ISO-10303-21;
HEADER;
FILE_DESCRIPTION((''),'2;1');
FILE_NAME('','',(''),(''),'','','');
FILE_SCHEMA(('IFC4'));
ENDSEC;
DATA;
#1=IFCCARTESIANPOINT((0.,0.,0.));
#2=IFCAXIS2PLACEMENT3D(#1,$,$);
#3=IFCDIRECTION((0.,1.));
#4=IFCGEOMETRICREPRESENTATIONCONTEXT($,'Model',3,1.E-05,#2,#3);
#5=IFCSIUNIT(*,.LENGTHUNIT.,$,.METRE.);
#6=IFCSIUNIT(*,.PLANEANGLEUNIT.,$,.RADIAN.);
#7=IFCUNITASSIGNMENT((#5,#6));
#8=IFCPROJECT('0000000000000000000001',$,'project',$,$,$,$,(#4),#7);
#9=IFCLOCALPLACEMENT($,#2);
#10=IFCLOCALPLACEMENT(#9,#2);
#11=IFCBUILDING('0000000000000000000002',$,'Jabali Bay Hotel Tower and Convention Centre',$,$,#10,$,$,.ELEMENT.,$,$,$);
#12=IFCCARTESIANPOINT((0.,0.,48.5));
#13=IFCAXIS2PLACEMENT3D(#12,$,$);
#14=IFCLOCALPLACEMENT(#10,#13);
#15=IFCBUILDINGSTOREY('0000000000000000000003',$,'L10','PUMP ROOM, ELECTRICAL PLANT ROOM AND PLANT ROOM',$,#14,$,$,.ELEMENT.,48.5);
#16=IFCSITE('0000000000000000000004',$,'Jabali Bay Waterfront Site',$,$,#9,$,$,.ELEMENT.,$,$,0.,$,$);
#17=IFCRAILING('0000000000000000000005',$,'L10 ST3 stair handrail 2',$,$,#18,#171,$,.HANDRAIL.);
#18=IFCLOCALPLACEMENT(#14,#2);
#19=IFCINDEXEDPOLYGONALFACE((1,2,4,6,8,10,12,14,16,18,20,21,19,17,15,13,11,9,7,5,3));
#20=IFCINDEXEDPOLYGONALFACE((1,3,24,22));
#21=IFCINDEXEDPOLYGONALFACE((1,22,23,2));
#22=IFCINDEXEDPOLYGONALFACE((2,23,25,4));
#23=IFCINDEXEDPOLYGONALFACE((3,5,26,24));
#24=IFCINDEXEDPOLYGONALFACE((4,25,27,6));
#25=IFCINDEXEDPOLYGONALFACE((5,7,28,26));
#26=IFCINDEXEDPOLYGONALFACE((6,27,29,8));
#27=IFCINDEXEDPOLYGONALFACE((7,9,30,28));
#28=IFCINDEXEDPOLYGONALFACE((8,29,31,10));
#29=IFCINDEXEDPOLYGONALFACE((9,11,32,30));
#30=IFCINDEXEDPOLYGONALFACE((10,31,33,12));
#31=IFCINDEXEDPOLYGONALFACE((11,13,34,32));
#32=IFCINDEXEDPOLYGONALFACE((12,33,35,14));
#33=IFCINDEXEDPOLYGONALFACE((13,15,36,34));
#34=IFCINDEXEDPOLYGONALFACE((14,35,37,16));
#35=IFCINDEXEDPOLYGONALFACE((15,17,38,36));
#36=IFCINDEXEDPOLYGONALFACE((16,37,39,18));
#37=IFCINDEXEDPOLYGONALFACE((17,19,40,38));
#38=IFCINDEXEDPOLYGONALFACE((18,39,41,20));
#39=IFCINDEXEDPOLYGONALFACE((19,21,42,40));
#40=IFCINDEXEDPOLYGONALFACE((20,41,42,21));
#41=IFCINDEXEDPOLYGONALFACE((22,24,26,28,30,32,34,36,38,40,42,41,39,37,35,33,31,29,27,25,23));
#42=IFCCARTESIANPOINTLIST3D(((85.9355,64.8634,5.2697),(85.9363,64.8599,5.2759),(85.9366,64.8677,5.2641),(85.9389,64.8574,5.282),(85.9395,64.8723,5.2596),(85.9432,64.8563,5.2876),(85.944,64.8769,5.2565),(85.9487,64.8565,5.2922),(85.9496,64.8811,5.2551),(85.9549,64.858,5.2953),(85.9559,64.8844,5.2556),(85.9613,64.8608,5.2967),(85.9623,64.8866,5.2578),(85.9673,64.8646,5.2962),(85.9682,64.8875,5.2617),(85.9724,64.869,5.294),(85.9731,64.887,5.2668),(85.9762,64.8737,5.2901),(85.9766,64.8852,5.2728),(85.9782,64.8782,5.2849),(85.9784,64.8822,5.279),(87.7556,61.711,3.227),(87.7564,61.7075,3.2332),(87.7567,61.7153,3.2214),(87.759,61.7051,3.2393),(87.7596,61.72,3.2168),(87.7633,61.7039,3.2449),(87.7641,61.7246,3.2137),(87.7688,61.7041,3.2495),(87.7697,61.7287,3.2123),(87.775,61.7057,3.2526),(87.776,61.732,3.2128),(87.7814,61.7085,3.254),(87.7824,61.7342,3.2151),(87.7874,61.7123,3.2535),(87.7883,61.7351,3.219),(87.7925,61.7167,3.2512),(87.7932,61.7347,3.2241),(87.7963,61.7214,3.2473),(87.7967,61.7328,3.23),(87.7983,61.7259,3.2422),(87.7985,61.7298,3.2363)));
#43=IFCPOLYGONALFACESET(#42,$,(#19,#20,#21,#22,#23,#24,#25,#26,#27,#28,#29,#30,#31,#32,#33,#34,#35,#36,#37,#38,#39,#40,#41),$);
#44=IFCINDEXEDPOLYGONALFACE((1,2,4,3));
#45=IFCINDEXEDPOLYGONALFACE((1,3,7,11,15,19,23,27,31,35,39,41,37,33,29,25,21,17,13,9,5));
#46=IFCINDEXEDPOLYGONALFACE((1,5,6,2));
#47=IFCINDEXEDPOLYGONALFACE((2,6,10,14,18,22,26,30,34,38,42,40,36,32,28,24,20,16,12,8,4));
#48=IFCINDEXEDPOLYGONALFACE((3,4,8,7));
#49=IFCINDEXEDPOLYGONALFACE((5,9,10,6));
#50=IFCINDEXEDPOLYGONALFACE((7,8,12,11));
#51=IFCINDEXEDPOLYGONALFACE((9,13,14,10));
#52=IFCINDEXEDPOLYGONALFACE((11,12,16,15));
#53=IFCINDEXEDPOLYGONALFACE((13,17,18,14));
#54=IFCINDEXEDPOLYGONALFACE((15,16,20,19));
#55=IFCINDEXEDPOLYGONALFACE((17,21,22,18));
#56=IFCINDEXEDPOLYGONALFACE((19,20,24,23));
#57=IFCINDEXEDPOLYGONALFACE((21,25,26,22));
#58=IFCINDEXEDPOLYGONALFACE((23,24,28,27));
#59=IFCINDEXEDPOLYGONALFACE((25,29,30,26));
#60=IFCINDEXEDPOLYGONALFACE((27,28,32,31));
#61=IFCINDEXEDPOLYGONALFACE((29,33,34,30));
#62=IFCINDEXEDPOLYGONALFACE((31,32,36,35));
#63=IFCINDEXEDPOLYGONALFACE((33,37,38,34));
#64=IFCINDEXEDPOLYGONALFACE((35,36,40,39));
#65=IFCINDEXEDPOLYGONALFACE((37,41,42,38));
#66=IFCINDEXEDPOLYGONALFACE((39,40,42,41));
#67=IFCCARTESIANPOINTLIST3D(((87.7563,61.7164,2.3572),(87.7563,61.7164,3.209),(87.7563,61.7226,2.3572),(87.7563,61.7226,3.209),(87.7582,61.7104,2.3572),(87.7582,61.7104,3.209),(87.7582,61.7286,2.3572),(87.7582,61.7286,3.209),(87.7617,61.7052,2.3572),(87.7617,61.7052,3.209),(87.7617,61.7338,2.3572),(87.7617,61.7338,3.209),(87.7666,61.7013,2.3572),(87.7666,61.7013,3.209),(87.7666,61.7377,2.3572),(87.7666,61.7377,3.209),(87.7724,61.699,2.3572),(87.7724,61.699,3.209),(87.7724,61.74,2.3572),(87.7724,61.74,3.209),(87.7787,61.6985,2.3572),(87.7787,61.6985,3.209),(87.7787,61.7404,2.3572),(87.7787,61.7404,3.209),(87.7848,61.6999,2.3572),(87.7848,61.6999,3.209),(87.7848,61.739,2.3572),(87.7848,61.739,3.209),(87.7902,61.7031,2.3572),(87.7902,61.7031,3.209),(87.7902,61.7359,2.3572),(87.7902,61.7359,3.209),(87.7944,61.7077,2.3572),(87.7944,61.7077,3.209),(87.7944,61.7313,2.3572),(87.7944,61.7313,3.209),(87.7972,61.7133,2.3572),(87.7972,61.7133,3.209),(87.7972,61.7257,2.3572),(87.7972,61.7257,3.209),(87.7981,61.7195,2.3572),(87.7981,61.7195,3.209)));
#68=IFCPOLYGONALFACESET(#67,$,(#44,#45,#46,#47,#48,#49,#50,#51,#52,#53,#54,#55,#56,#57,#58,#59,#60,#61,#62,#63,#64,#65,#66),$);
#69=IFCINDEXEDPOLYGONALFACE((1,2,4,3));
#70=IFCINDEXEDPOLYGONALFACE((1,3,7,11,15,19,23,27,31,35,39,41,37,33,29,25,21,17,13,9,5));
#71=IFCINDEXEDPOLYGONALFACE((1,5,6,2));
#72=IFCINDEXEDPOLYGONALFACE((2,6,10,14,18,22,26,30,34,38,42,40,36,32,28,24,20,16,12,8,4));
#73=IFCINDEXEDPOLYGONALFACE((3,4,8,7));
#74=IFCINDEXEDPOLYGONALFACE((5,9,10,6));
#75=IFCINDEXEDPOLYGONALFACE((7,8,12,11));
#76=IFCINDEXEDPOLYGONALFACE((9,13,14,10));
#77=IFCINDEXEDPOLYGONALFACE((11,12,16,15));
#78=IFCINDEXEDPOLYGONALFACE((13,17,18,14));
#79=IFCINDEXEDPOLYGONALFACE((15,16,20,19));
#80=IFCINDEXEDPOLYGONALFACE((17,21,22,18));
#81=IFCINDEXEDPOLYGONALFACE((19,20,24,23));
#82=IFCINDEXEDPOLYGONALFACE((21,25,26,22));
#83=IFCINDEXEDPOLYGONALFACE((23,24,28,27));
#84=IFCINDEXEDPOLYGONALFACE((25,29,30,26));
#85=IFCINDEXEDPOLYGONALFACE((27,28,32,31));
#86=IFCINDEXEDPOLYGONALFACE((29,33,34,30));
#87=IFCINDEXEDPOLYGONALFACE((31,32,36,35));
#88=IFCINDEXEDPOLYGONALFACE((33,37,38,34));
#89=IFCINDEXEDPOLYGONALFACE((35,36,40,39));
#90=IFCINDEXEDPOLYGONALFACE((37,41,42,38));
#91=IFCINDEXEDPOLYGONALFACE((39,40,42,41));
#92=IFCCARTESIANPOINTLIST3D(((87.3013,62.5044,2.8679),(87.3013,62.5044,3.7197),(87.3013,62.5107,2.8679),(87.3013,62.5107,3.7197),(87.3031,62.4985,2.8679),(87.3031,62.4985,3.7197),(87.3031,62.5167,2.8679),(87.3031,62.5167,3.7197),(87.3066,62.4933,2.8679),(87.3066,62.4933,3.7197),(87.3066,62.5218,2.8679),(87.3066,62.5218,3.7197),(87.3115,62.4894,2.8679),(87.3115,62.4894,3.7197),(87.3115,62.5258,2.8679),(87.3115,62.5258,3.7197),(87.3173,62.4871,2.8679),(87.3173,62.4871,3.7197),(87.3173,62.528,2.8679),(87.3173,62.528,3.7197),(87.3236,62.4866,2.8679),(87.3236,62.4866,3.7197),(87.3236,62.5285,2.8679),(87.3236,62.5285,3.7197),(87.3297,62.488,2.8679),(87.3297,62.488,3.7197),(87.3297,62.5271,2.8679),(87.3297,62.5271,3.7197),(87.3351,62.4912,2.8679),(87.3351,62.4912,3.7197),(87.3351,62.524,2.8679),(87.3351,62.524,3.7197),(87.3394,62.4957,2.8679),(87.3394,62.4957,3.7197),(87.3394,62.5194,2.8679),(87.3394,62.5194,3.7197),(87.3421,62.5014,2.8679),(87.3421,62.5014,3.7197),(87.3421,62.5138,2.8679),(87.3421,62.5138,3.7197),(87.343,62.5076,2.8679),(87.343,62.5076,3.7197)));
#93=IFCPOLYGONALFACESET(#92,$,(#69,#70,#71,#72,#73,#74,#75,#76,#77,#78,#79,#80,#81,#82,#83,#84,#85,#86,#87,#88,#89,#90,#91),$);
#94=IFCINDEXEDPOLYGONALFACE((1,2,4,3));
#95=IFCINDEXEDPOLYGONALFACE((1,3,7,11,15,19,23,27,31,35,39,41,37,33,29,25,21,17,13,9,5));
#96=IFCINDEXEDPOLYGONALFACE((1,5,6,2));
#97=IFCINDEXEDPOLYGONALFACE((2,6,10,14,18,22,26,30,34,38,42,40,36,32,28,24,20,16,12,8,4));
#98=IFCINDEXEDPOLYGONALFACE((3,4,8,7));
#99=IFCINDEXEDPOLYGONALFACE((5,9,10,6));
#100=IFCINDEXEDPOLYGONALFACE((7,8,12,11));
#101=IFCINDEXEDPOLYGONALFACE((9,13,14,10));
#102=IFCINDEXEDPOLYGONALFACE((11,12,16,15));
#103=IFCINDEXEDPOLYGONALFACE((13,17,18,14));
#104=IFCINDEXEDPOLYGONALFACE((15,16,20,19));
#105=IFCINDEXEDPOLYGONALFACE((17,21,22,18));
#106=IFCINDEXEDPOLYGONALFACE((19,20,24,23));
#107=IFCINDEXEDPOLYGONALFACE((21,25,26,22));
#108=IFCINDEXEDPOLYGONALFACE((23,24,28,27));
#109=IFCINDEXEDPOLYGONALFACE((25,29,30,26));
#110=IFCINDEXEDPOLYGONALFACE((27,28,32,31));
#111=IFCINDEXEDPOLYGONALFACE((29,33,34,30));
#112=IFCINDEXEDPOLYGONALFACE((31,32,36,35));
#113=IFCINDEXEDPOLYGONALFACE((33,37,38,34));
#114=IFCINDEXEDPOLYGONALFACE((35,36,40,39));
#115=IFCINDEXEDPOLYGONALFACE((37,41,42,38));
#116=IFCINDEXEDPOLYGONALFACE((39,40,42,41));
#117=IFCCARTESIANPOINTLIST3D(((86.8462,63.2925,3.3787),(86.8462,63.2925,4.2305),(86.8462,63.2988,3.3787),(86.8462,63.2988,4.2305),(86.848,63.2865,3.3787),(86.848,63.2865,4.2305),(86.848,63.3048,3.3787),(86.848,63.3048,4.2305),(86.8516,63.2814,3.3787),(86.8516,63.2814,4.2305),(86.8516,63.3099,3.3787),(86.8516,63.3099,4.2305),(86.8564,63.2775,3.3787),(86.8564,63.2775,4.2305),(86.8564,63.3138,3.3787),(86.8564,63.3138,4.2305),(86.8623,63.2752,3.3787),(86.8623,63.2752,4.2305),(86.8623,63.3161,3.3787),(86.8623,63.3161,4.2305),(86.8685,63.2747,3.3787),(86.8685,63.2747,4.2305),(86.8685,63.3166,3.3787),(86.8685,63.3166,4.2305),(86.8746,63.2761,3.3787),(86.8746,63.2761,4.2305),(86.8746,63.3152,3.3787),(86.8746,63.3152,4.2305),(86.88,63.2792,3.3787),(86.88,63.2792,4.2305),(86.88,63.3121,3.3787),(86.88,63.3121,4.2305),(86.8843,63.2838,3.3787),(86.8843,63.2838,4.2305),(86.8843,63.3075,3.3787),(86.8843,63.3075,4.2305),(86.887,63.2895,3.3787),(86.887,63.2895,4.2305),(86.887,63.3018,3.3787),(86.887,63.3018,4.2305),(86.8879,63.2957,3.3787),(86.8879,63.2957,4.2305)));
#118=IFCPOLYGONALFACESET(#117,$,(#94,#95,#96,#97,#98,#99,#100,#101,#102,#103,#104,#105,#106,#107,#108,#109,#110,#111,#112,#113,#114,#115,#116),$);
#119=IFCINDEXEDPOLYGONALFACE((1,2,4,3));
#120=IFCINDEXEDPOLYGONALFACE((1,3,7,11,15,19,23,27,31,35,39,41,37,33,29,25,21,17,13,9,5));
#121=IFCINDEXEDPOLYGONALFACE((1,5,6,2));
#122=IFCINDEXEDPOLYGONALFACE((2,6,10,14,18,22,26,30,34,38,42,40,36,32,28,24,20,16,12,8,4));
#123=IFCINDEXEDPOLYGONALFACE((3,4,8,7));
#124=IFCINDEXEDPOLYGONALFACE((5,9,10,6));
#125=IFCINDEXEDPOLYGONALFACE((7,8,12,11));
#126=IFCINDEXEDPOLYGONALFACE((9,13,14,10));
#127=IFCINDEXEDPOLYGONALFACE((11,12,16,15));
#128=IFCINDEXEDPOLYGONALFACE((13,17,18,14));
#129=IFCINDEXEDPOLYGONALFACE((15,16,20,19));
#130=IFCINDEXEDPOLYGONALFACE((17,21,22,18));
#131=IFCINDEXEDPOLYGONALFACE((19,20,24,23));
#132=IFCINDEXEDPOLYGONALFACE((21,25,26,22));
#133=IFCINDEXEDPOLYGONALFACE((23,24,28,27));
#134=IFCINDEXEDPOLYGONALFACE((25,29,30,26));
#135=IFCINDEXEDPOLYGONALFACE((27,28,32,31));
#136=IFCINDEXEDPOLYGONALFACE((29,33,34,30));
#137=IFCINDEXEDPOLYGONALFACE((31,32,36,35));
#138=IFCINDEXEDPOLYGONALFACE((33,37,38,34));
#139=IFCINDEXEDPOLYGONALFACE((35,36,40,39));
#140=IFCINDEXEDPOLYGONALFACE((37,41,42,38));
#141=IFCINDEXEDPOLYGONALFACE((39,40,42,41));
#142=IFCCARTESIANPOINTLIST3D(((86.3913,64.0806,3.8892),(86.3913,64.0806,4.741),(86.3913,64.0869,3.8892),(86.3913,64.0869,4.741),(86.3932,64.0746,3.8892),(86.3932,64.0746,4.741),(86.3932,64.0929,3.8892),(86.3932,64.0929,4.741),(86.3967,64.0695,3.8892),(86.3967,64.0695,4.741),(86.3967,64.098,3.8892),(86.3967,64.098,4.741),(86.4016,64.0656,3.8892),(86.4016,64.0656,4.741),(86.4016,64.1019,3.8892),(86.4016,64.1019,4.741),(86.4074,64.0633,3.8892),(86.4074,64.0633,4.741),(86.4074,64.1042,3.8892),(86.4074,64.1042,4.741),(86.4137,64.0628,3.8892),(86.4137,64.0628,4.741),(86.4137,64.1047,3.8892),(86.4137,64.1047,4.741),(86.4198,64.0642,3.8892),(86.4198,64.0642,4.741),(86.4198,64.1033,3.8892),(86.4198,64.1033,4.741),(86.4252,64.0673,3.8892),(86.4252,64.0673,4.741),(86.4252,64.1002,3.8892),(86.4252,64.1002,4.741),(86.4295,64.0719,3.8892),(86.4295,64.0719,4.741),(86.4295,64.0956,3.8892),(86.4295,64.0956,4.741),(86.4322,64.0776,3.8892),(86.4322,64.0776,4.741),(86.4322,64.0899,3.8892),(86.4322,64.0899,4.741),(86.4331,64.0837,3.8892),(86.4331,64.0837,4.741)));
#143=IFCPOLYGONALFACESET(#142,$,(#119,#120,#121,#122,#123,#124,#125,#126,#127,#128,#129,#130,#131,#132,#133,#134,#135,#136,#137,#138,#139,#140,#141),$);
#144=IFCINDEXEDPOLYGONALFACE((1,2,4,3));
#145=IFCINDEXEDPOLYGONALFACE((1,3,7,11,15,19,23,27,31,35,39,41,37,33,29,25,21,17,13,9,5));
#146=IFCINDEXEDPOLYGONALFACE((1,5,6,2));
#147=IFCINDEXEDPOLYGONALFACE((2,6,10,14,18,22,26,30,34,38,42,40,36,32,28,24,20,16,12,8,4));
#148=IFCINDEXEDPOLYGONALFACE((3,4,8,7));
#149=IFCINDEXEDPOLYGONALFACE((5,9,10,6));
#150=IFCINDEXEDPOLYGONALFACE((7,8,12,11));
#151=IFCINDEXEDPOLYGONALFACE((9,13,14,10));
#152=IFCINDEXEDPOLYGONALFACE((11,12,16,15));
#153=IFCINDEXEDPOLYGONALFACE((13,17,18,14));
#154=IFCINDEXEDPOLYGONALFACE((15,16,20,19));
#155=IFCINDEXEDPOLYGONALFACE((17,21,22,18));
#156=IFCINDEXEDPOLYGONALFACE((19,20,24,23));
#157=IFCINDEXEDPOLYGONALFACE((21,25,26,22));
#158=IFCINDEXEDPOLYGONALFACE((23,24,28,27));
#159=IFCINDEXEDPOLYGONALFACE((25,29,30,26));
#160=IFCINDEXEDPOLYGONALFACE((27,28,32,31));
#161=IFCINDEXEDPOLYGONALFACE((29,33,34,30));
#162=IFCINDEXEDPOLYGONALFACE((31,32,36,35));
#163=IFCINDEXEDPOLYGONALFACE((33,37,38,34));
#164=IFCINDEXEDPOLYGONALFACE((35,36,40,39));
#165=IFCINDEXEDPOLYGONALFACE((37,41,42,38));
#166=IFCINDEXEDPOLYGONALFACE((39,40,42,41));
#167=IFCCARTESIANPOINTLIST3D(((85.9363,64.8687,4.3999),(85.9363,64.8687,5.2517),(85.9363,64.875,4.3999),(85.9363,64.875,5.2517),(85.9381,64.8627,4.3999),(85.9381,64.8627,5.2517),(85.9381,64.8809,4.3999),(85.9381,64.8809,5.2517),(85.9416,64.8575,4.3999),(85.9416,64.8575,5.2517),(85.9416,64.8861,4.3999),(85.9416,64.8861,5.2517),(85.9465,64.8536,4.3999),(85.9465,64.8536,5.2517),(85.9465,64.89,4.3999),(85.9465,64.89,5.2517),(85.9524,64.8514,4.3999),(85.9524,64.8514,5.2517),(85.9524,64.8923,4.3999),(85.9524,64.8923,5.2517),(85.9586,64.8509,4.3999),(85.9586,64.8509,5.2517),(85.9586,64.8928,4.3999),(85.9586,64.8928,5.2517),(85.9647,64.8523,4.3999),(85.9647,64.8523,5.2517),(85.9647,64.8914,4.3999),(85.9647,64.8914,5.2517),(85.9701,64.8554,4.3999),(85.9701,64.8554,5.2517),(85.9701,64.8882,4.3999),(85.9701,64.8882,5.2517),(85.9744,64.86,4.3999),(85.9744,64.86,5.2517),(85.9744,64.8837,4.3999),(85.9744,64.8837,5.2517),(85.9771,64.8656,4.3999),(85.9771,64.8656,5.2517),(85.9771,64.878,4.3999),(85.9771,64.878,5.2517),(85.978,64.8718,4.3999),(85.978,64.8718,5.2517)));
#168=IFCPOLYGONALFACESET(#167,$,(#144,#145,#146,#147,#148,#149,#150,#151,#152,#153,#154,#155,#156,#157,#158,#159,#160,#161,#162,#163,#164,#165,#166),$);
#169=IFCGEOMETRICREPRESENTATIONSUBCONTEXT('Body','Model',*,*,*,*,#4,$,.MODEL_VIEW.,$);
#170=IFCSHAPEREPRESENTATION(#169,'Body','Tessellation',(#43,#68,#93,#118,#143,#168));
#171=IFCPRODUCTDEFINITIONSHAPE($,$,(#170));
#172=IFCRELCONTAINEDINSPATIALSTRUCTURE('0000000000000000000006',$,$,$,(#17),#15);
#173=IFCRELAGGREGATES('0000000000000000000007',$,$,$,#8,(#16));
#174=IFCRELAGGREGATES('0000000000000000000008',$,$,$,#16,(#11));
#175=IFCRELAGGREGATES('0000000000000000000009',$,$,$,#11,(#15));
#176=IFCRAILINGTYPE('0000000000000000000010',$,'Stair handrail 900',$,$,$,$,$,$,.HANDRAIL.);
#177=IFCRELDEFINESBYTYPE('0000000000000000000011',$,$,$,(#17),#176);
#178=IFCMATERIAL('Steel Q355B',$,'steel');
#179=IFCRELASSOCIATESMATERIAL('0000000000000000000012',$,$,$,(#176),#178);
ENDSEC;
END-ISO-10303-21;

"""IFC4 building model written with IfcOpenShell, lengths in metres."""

from ifc_helpers import new_model, si_unit, direction, frame, origin, origin_2d, place, context, subcontext, project, spatial, circle, extrude, material, type_object, element, save


model = new_model("IFC4")

# Units and contexts
model_context = context("Model", 3, precision=1e-05, world=origin(), true_north=direction((0.0, 1.0)))
body_context = subcontext(model_context, "Body", "Model", "MODEL_VIEW")
ifc_project = project(units=[si_unit("LENGTHUNIT", "METRE"), si_unit("PLANEANGLEUNIT", "RADIAN")], contexts=[model_context])

# Site, building, storey
site_placement = place(None, origin())
site = spatial("IfcSite", under=ifc_project, at=site_placement, Name="Jabali Bay Waterfront Site", CompositionType="ELEMENT", RefElevation=0.0)
building_placement = place(site_placement, origin())
building = spatial("IfcBuilding", under=site, at=building_placement, Name="Jabali Bay Hotel Tower and Convention Centre", CompositionType="ELEMENT")
storey_placement = place(building_placement, frame((0.0, 0.0, 48.5)))
storey = spatial("IfcBuildingStorey", under=building, at=storey_placement, Name="L10", Description="PUMP ROOM, ELECTRICAL PLANT ROOM AND PLANT ROOM", CompositionType="ELEMENT", Elevation=48.5)

# Railing
ifc_material_1 = material(Name="Steel Q355B", Category="steel")
railing_type_1 = type_object("IfcRailingType", Name="Stair handrail 900", PredefinedType="HANDRAIL", material=ifc_material_1)
railing_1_placement = place(storey_placement, frame((87.7771, 61.7195, 2.3572)))
element("IfcRailing", 1, at=railing_1_placement, inside=storey, type_object=railing_type_1, Name="L10 ST3 stair handrail 2", PredefinedType="HANDRAIL", context=body_context, shape_type="SweptSolid", body=[
    extrude(circle(Radius=0.0239, at=origin_2d()), frame((0.0, 0.0, 0.876), z_axis=(-0.436044, 0.755225, 0.489387), x_axis=(-0.866018, -0.500013, 0.0)), (0.0, 0.0, 1.0), 4.1741),
    extrude(circle(Radius=0.021, at=origin_2d()), origin(), (0.0, 0.0, 1.0), 0.8518),
    extrude(circle(Radius=0.021, at=origin_2d()), frame((-0.4551, 0.7881, 0.5107)), (0.0, 0.0, 1.0), 0.8518),
    extrude(circle(Radius=0.021, at=origin_2d()), frame((-0.9102, 1.5762, 1.0215)), (0.0, 0.0, 1.0), 0.8518),
    extrude(circle(Radius=0.021, at=origin_2d()), frame((-1.365, 2.3643, 1.532)), (0.0, 0.0, 1.0), 0.8518),
    extrude(circle(Radius=0.021, at=origin_2d()), frame((-1.8201, 3.1523, 2.0427)), (0.0, 0.0, 1.0), 0.8518),
])

save(model, "model.ifc")
